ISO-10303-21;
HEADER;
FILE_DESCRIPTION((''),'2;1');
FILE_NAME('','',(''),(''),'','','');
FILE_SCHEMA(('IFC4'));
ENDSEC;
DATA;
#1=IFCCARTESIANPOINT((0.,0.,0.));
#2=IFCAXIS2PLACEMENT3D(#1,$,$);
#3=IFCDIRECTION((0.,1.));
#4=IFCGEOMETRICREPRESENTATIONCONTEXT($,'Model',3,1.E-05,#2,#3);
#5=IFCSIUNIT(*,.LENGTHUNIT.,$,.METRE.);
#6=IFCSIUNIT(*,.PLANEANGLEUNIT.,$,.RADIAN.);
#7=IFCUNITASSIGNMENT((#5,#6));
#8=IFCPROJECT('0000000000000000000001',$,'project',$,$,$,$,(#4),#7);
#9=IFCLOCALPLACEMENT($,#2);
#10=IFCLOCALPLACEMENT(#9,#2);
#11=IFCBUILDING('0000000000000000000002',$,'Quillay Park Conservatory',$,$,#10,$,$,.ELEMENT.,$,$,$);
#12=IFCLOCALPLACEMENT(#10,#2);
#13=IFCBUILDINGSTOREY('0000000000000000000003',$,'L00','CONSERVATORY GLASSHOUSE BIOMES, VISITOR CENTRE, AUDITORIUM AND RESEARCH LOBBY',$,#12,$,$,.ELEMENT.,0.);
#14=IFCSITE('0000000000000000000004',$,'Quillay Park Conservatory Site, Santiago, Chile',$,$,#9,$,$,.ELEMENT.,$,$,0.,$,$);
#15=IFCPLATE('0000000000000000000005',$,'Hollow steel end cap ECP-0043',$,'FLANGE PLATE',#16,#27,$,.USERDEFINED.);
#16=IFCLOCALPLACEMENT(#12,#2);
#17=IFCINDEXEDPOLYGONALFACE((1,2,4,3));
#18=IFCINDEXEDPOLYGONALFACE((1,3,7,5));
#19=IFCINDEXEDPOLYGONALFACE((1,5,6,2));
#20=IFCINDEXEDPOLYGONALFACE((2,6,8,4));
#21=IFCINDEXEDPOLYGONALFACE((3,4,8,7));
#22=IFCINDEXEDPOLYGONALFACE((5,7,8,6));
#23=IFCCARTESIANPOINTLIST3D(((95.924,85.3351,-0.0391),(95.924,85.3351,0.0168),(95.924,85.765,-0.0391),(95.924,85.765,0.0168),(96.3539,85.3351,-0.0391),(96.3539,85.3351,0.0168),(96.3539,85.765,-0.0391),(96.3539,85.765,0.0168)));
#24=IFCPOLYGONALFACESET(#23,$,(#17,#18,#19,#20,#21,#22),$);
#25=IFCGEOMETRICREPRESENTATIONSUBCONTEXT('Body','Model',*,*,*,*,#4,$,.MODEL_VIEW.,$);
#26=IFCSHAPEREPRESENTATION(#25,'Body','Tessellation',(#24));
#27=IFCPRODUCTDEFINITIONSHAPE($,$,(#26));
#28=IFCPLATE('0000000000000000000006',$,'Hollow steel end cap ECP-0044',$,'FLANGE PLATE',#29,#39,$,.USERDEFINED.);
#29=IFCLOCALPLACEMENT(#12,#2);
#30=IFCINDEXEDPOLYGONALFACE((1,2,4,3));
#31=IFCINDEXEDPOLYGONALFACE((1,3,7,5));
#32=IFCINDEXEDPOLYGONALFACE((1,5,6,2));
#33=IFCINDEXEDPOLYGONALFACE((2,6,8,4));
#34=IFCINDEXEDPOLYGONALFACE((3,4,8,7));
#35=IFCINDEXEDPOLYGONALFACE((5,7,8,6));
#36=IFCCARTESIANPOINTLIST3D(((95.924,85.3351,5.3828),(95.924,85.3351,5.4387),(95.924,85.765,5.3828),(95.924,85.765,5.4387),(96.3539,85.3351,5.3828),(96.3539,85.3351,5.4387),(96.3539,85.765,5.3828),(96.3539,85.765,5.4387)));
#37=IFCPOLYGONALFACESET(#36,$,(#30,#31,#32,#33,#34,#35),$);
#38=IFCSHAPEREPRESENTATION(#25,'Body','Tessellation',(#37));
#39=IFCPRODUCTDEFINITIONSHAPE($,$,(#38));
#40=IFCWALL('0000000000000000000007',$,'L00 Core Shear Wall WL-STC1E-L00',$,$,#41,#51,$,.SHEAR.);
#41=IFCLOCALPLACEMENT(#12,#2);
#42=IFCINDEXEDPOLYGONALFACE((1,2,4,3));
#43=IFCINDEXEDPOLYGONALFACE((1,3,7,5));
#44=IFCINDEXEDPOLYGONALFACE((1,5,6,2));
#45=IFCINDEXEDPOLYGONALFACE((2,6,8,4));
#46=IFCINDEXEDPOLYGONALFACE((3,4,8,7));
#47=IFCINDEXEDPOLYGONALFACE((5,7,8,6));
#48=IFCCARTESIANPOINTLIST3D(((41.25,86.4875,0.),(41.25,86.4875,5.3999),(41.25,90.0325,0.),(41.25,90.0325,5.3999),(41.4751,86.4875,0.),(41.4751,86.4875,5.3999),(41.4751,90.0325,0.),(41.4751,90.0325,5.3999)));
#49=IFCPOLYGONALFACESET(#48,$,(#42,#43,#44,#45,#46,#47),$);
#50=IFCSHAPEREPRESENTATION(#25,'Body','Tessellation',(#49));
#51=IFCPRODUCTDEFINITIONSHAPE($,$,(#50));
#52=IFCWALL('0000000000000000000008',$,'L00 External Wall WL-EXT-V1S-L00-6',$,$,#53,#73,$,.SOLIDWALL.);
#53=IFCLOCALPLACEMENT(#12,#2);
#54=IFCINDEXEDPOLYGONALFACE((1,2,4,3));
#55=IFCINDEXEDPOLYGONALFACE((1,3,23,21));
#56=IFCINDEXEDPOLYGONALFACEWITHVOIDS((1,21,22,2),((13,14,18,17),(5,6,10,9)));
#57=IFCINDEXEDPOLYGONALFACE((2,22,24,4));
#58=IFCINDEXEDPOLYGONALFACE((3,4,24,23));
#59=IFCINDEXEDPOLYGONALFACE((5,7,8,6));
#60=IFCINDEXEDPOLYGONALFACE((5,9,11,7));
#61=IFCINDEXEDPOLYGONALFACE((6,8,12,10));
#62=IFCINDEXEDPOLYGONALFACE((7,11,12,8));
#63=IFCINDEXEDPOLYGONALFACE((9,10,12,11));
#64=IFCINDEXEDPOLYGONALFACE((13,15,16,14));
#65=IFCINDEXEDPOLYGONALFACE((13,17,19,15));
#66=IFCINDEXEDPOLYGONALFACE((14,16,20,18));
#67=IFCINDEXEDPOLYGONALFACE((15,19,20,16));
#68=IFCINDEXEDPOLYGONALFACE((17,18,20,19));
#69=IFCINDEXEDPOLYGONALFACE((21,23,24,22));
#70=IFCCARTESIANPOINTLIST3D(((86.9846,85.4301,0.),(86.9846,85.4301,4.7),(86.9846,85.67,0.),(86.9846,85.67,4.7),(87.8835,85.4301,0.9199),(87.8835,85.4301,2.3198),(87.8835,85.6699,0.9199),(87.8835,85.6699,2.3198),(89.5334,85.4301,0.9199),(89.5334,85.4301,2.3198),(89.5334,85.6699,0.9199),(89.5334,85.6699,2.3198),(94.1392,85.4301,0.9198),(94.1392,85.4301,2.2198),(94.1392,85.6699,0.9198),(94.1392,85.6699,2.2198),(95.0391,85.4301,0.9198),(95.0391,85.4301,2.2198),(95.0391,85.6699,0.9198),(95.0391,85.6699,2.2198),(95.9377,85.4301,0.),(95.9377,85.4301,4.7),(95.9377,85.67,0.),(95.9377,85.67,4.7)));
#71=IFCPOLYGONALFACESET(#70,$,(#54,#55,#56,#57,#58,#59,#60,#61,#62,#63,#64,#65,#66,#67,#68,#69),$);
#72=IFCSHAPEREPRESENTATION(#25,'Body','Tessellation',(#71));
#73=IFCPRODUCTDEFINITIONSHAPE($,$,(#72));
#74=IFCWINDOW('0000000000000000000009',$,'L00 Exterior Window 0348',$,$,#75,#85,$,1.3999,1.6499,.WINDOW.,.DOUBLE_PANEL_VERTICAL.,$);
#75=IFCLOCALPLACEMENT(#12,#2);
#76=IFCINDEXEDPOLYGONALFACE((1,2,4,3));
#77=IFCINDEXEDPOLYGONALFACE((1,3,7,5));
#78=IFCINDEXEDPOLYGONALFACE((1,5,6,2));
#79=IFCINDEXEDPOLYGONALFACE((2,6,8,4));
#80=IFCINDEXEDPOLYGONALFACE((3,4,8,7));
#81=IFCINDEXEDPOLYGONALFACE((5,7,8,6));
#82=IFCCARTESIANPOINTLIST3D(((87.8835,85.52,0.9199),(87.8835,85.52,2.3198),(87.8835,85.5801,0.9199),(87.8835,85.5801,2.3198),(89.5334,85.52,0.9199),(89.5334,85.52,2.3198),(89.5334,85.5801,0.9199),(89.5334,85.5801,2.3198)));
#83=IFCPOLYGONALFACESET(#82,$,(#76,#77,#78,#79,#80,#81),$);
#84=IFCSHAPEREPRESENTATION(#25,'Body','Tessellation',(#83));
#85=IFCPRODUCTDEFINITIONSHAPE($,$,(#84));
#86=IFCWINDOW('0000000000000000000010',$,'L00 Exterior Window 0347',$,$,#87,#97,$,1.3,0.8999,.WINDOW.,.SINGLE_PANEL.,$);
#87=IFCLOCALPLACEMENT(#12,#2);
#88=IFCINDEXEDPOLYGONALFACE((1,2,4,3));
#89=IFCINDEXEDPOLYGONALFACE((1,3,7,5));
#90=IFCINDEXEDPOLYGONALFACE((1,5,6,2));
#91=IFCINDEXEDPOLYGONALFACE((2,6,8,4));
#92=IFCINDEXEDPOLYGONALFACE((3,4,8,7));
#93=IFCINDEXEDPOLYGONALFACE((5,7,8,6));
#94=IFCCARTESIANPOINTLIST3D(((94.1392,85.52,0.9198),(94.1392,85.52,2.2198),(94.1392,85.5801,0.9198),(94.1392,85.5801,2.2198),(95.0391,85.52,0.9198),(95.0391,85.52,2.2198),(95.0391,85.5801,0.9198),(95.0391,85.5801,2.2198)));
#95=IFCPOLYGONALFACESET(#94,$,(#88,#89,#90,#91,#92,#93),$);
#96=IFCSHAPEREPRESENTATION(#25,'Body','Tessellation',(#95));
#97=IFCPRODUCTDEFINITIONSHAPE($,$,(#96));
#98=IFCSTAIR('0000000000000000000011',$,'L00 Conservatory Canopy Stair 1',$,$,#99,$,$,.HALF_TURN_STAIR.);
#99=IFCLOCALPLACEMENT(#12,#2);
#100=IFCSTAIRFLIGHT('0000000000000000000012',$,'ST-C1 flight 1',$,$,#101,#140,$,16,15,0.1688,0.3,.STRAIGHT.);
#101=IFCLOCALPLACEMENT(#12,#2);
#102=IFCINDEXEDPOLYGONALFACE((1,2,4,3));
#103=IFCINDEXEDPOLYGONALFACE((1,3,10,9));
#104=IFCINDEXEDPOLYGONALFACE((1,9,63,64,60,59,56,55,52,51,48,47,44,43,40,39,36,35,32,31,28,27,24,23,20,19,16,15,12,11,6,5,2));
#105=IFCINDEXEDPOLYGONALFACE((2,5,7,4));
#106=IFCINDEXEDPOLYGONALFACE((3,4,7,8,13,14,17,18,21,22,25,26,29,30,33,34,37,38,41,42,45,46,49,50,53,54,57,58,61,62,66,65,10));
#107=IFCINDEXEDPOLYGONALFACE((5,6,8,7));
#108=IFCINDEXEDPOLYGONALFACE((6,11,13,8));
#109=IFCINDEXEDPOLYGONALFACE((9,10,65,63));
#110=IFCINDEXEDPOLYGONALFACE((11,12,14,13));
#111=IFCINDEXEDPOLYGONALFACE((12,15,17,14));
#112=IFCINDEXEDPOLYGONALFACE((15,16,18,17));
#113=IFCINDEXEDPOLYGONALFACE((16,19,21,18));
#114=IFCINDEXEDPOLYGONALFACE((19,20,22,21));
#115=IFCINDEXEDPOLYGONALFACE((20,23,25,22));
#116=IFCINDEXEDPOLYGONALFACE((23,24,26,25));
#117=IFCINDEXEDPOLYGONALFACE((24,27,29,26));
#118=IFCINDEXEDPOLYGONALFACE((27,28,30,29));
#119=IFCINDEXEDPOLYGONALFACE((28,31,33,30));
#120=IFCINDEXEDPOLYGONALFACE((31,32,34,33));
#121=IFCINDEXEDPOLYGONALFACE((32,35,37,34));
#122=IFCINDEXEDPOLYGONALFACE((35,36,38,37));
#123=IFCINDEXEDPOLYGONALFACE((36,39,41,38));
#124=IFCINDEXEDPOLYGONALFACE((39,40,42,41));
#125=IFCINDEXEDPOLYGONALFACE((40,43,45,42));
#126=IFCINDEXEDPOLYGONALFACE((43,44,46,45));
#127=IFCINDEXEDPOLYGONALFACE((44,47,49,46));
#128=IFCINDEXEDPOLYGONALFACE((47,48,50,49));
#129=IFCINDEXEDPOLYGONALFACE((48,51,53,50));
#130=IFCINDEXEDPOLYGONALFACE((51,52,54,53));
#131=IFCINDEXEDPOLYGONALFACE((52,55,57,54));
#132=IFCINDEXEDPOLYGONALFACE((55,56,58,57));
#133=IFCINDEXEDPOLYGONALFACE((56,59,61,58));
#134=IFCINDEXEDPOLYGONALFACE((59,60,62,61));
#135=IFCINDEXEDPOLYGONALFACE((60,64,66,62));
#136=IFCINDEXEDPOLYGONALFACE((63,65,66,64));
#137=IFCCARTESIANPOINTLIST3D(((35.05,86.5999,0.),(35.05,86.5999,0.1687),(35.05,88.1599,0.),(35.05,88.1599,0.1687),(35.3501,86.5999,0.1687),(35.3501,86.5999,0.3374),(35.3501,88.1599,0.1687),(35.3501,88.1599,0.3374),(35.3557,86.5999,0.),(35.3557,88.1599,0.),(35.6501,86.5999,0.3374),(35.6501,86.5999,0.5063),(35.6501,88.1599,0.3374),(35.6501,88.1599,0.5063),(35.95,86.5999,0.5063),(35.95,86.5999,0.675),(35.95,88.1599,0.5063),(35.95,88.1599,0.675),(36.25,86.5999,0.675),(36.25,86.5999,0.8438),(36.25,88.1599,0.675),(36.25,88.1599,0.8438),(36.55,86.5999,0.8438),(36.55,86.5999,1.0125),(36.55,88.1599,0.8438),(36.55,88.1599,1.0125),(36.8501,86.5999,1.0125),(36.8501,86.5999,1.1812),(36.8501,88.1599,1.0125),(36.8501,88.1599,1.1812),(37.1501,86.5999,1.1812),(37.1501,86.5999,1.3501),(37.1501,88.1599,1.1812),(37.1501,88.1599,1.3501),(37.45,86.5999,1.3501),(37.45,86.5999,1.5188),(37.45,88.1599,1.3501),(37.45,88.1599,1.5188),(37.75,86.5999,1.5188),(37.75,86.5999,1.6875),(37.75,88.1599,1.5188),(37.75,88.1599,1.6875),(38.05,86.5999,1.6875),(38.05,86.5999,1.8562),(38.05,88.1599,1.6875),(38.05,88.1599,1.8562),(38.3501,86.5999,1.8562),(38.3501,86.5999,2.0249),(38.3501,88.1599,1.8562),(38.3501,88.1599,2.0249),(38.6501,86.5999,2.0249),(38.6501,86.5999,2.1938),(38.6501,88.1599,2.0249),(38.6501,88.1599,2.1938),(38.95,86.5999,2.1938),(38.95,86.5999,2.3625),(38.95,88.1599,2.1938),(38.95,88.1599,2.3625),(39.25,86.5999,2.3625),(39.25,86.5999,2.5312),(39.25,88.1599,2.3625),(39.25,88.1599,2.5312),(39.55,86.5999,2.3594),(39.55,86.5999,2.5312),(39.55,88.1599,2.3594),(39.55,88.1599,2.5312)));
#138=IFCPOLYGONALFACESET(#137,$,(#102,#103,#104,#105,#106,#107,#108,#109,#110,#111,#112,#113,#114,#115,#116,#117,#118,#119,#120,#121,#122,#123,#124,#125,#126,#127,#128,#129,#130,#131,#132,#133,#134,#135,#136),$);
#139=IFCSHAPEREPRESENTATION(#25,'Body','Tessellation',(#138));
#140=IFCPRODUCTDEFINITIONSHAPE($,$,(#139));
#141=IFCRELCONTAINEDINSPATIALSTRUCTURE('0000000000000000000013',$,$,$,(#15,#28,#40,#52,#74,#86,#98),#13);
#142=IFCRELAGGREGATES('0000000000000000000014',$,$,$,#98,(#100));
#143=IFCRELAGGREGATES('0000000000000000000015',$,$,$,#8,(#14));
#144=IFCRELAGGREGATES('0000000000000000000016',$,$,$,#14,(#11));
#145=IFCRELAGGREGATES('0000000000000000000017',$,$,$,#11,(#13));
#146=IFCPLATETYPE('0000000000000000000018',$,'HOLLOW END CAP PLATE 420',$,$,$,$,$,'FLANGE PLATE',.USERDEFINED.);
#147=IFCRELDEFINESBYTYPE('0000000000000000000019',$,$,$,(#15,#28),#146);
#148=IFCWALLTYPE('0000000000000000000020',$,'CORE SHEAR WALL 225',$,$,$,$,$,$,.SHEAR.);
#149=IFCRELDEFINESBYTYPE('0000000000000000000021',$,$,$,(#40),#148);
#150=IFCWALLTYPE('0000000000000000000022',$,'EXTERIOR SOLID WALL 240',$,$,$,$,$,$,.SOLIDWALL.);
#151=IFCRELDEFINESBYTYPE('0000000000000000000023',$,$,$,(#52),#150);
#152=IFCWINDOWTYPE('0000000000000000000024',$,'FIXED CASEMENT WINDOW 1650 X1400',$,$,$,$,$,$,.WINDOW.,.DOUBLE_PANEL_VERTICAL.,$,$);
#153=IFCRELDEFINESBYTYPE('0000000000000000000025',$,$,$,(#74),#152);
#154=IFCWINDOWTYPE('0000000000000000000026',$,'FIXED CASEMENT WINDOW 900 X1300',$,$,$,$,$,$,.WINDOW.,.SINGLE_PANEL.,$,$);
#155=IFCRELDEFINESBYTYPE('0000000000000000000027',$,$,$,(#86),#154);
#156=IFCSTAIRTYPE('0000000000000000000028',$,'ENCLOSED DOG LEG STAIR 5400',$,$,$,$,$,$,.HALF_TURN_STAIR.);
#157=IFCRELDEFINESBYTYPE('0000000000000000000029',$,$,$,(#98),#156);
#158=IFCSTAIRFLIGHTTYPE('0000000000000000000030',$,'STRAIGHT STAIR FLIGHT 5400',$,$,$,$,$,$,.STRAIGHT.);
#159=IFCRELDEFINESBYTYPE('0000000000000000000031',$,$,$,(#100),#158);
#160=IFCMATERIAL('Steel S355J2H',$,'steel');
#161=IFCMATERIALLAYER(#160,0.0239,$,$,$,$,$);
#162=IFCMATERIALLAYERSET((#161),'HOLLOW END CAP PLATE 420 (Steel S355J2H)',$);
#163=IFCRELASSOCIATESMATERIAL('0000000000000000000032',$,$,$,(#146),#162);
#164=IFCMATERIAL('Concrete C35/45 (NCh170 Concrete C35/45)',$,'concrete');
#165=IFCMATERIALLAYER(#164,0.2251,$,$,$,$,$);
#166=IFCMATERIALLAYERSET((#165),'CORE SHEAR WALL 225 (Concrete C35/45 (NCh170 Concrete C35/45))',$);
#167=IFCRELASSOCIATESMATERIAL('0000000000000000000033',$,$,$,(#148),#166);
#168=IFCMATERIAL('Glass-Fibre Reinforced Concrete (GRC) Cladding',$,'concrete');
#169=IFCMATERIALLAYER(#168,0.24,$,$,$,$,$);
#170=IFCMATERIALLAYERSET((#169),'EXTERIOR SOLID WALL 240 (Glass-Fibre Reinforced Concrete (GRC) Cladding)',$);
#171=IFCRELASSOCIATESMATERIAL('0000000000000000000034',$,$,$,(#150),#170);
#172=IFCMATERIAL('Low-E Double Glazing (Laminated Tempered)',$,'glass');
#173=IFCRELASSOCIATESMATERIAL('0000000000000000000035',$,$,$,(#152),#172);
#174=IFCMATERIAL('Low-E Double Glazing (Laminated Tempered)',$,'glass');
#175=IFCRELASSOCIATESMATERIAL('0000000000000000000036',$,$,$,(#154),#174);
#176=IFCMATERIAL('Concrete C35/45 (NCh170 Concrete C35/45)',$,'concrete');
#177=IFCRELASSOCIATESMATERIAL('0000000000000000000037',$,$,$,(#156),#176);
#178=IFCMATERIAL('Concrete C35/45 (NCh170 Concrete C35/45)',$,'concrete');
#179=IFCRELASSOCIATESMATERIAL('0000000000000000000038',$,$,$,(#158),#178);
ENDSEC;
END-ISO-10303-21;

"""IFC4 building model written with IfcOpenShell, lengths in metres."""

from ifc_helpers import new_model, si_unit, direction, frame, frame_2d, origin, origin_2d, place, context, subcontext, project, spatial, polyline, rectangle, outline, extrude, material, layer, layer_set, type_object, element, fill, aggregate, save


model = new_model("IFC4")

# Units and contexts
model_context = context("Model", 3, precision=1e-05, world=origin(), true_north=direction((0.0, 1.0)))
body_context = subcontext(model_context, "Body", "Model", "MODEL_VIEW")
ifc_project = project(units=[si_unit("LENGTHUNIT", "METRE"), si_unit("PLANEANGLEUNIT", "RADIAN")], contexts=[model_context])

# Site, building, storey
site_placement = place(None, origin())
site = spatial("IfcSite", under=ifc_project, at=site_placement, Name="Quillay Park Conservatory Site, Santiago, Chile", CompositionType="ELEMENT", RefElevation=0.0)
building_placement = place(site_placement, origin())
building = spatial("IfcBuilding", under=site, at=building_placement, Name="Quillay Park Conservatory", CompositionType="ELEMENT")
storey_placement = place(building_placement, origin())
storey = spatial("IfcBuildingStorey", under=building, at=storey_placement, Name="L00", Description="CONSERVATORY GLASSHOUSE BIOMES, VISITOR CENTRE, AUDITORIUM AND RESEARCH LOBBY", CompositionType="ELEMENT", Elevation=0.0)

# Plates
ifc_material_1 = material(Name="Steel S355J2H", Category="steel")
ifc_layer_1 = layer(ifc_material_1, 0.0239)
ifc_layer_set_1 = layer_set([ifc_layer_1], Name="HOLLOW END CAP PLATE 420 (Steel S355J2H)")
plate_type = type_object("IfcPlateType", Name="HOLLOW END CAP PLATE 420", ElementType="FLANGE PLATE", PredefinedType="USERDEFINED", material=ifc_layer_set_1)
for number, where, z_axis, x_axis, name in (
    (1, (96.1389, 85.55, -0.0391), (0.0, 0.0, 1.0), (1.0, 0.0, 0.0), "Hollow steel end cap ECP-0043"),
    (2, (96.1389, 85.55, 5.3828), (0.0, 0.0, 1.0), (1.0, 0.0, 0.0), "Hollow steel end cap ECP-0044"),
):
    element("IfcPlate", number, at=place(storey_placement, frame(where, z_axis=z_axis, x_axis=x_axis)), inside=storey, type_object=plate_type, Name=name, ObjectType="FLANGE PLATE", PredefinedType="USERDEFINED", context=body_context, shape_type="SweptSolid", body=[
        extrude(rectangle(XDim=0.4299, YDim=0.4299, at=origin_2d()), origin(), (0.0, 0.0, 1.0), 0.0559),
    ])

# Wall
ifc_material_2 = material(Name="Concrete C35/45 (NCh170 Concrete C35/45)", Category="concrete")
ifc_layer_2 = layer(ifc_material_2, 0.2251)
ifc_layer_set_2 = layer_set([ifc_layer_2], Name="CORE SHEAR WALL 225 (Concrete C35/45 (NCh170 Concrete C35/45))")
wall_type_1 = type_object("IfcWallType", Name="CORE SHEAR WALL 225", PredefinedType="SHEAR", material=ifc_layer_set_2)
wall_1_placement = place(storey_placement, frame((41.3625, 86.4875, 0.0), z_axis=(0.0, 0.0, 1.0), x_axis=(0.0, 1.0, 0.0)))
element("IfcWall", 3, at=wall_1_placement, inside=storey, type_object=wall_type_1, Name="L00 Core Shear Wall WL-STC1E-L00", PredefinedType="SHEAR", context=body_context, shape_type="SweptSolid", body=[
    extrude(rectangle(XDim=3.5449, YDim=0.2251, at=frame_2d((1.7725, 0.0))), origin(), (0.0, 0.0, 1.0), 5.3999),
])

# Wall, openings, windows
ifc_material_3 = material(Name="Glass-Fibre Reinforced Concrete (GRC) Cladding", Category="concrete")
ifc_layer_3 = layer(ifc_material_3, 0.24)
ifc_layer_set_3 = layer_set([ifc_layer_3], Name="EXTERIOR SOLID WALL 240 (Glass-Fibre Reinforced Concrete (GRC) Cladding)")
wall_type_2 = type_object("IfcWallType", Name="EXTERIOR SOLID WALL 240", PredefinedType="SOLIDWALL", material=ifc_layer_set_3)
wall_2_placement = place(storey_placement, frame((95.9377, 85.55, 0.0), z_axis=(0.0, 0.0, 1.0), x_axis=(-1.0, 0.0, 0.0)))
wall_2 = element("IfcWall", 4, at=wall_2_placement, inside=storey, type_object=wall_type_2, Name="L00 External Wall WL-EXT-V1S-L00-6", PredefinedType="SOLIDWALL", context=body_context, shape_type="SweptSolid", body=[
    extrude(rectangle(XDim=8.9531, YDim=0.24, at=frame_2d((4.4766, 0.0))), origin(), (0.0, 0.0, 1.0), 4.7),
])
opening_1_placement = place(wall_2_placement, frame((0.8987, 0.0, 0.9199)))
opening_1 = element("IfcOpeningElement", 5, at=opening_1_placement, cuts=wall_2, PredefinedType="OPENING", context=body_context, shape_type="SweptSolid", body=[
    extrude(rectangle(XDim=0.8999, YDim=1.3, at=frame_2d((0.45, 0.6499))), frame((0.0, 0.1201, 0.0), z_axis=(0.0, -1.0, 0.0), x_axis=(1.0, 0.0, 0.0)), (0.0, 0.0, 1.0), 0.24),
])
opening_2_placement = place(wall_2_placement, frame((6.4043, 0.0, 0.9199)))
opening_2 = element("IfcOpeningElement", 6, at=opening_2_placement, cuts=wall_2, PredefinedType="OPENING", context=body_context, shape_type="SweptSolid", body=[
    extrude(rectangle(XDim=1.6499, YDim=1.3999, at=frame_2d((0.825, 0.7))), frame((0.0, 0.1201, 0.0), z_axis=(0.0, -1.0, 0.0), x_axis=(1.0, 0.0, 0.0)), (0.0, 0.0, 1.0), 0.24),
])
ifc_material_4 = material(Name="Low-E Double Glazing (Laminated Tempered)", Category="glass")
window_type_1 = type_object("IfcWindowType", Name="FIXED CASEMENT WINDOW 1650 X1400", PartitioningType="DOUBLE_PANEL_VERTICAL", PredefinedType="WINDOW", material=ifc_material_4)
window_1_placement = place(opening_2_placement, origin())
window_1 = element("IfcWindow", 7, at=window_1_placement, inside=storey, type_object=window_type_1, Name="L00 Exterior Window 0348", OverallHeight=1.3999, OverallWidth=1.6499, PartitioningType="DOUBLE_PANEL_VERTICAL", PredefinedType="WINDOW", context=body_context, shape_type="SweptSolid", body=[
    extrude(rectangle(XDim=1.6499, YDim=1.3999, at=frame_2d((0.825, 0.7))), frame((0.0, 0.03, 0.0), z_axis=(0.0, -1.0, 0.0), x_axis=(1.0, 0.0, 0.0)), (0.0, 0.0, 1.0), 0.0601),
])
fill(opening_2, window_1)
ifc_material_5 = material(Name="Low-E Double Glazing (Laminated Tempered)", Category="glass")
window_type_2 = type_object("IfcWindowType", Name="FIXED CASEMENT WINDOW 900 X1300", PartitioningType="SINGLE_PANEL", PredefinedType="WINDOW", material=ifc_material_5)
window_2_placement = place(opening_1_placement, origin())
window_2 = element("IfcWindow", 8, at=window_2_placement, inside=storey, type_object=window_type_2, Name="L00 Exterior Window 0347", OverallHeight=1.3, OverallWidth=0.8999, PartitioningType="SINGLE_PANEL", PredefinedType="WINDOW", context=body_context, shape_type="SweptSolid", body=[
    extrude(rectangle(XDim=0.8999, YDim=1.3, at=frame_2d((0.45, 0.6499))), frame((0.0, 0.03, 0.0), z_axis=(0.0, -1.0, 0.0), x_axis=(1.0, 0.0, 0.0)), (0.0, 0.0, 1.0), 0.0601),
])
fill(opening_1, window_2)

# Stair, stair flight
ifc_material_6 = material(Name="Concrete C35/45 (NCh170 Concrete C35/45)", Category="concrete")
stair_type = type_object("IfcStairType", Name="ENCLOSED DOG LEG STAIR 5400", PredefinedType="HALF_TURN_STAIR", material=ifc_material_6)
stair_placement = place(storey_placement, origin())
stair = element("IfcStair", 9, at=stair_placement, inside=storey, type_object=stair_type, Name="L00 Conservatory Canopy Stair 1", PredefinedType="HALF_TURN_STAIR")
ifc_material_7 = material(Name="Concrete C35/45 (NCh170 Concrete C35/45)", Category="concrete")
stair_flight_type = type_object("IfcStairFlightType", Name="STRAIGHT STAIR FLIGHT 5400", PredefinedType="STRAIGHT", material=ifc_material_7)
stair_flight_1_placement = place(storey_placement, frame((35.05, 87.3799, 0.0), z_axis=(0.0, 0.0, 1.0), x_axis=(1.0, 0.0, 0.0)))
stair_flight_1 = element("IfcStairFlight", 10, at=stair_flight_1_placement, type_object=stair_flight_type, Name="ST-C1 flight 1", NumberOfRisers=16, NumberOfTreads=15, PredefinedType="STRAIGHT", RiserHeight=0.1688, TreadLength=0.3, context=body_context, shape_type="SweptSolid", body=[
    extrude(outline(polyline([(0.0, 0.0), (0.0, 0.1687), (0.3, 0.1687), (0.3, 0.3374), (0.6001, 0.3374), (0.6001, 0.5063), (0.8999, 0.5063), (0.8999, 0.675), (1.2, 0.675), (1.2, 0.8438), (1.5, 0.8438), (1.5, 1.0125), (1.8, 1.0125), (1.8, 1.1812), (2.1001, 1.1812), (2.1001, 1.3501), (2.3999, 1.3501), (2.3999, 1.5188), (2.7, 1.5188), (2.7, 1.6875), (3.0, 1.6875), (3.0, 1.8562), (3.3, 1.8562), (3.3, 2.0249), (3.6001, 2.0249), (3.6001, 2.1938), (3.8999, 2.1938), (3.8999, 2.3625), (4.2, 2.3625), (4.2, 2.5312), (4.5, 2.5312), (4.5, 2.7), (4.5, 2.3594), (0.3057, 0.0), (0.0, 0.0)])), frame((0.0, 0.78, 0.0), z_axis=(0.0, -1.0, 0.0), x_axis=(1.0, 0.0, 0.0)), (0.0, 0.0, 1.0), 1.5601),
])
aggregate(stair, [stair_flight_1])

save(model, "model.ifc")
